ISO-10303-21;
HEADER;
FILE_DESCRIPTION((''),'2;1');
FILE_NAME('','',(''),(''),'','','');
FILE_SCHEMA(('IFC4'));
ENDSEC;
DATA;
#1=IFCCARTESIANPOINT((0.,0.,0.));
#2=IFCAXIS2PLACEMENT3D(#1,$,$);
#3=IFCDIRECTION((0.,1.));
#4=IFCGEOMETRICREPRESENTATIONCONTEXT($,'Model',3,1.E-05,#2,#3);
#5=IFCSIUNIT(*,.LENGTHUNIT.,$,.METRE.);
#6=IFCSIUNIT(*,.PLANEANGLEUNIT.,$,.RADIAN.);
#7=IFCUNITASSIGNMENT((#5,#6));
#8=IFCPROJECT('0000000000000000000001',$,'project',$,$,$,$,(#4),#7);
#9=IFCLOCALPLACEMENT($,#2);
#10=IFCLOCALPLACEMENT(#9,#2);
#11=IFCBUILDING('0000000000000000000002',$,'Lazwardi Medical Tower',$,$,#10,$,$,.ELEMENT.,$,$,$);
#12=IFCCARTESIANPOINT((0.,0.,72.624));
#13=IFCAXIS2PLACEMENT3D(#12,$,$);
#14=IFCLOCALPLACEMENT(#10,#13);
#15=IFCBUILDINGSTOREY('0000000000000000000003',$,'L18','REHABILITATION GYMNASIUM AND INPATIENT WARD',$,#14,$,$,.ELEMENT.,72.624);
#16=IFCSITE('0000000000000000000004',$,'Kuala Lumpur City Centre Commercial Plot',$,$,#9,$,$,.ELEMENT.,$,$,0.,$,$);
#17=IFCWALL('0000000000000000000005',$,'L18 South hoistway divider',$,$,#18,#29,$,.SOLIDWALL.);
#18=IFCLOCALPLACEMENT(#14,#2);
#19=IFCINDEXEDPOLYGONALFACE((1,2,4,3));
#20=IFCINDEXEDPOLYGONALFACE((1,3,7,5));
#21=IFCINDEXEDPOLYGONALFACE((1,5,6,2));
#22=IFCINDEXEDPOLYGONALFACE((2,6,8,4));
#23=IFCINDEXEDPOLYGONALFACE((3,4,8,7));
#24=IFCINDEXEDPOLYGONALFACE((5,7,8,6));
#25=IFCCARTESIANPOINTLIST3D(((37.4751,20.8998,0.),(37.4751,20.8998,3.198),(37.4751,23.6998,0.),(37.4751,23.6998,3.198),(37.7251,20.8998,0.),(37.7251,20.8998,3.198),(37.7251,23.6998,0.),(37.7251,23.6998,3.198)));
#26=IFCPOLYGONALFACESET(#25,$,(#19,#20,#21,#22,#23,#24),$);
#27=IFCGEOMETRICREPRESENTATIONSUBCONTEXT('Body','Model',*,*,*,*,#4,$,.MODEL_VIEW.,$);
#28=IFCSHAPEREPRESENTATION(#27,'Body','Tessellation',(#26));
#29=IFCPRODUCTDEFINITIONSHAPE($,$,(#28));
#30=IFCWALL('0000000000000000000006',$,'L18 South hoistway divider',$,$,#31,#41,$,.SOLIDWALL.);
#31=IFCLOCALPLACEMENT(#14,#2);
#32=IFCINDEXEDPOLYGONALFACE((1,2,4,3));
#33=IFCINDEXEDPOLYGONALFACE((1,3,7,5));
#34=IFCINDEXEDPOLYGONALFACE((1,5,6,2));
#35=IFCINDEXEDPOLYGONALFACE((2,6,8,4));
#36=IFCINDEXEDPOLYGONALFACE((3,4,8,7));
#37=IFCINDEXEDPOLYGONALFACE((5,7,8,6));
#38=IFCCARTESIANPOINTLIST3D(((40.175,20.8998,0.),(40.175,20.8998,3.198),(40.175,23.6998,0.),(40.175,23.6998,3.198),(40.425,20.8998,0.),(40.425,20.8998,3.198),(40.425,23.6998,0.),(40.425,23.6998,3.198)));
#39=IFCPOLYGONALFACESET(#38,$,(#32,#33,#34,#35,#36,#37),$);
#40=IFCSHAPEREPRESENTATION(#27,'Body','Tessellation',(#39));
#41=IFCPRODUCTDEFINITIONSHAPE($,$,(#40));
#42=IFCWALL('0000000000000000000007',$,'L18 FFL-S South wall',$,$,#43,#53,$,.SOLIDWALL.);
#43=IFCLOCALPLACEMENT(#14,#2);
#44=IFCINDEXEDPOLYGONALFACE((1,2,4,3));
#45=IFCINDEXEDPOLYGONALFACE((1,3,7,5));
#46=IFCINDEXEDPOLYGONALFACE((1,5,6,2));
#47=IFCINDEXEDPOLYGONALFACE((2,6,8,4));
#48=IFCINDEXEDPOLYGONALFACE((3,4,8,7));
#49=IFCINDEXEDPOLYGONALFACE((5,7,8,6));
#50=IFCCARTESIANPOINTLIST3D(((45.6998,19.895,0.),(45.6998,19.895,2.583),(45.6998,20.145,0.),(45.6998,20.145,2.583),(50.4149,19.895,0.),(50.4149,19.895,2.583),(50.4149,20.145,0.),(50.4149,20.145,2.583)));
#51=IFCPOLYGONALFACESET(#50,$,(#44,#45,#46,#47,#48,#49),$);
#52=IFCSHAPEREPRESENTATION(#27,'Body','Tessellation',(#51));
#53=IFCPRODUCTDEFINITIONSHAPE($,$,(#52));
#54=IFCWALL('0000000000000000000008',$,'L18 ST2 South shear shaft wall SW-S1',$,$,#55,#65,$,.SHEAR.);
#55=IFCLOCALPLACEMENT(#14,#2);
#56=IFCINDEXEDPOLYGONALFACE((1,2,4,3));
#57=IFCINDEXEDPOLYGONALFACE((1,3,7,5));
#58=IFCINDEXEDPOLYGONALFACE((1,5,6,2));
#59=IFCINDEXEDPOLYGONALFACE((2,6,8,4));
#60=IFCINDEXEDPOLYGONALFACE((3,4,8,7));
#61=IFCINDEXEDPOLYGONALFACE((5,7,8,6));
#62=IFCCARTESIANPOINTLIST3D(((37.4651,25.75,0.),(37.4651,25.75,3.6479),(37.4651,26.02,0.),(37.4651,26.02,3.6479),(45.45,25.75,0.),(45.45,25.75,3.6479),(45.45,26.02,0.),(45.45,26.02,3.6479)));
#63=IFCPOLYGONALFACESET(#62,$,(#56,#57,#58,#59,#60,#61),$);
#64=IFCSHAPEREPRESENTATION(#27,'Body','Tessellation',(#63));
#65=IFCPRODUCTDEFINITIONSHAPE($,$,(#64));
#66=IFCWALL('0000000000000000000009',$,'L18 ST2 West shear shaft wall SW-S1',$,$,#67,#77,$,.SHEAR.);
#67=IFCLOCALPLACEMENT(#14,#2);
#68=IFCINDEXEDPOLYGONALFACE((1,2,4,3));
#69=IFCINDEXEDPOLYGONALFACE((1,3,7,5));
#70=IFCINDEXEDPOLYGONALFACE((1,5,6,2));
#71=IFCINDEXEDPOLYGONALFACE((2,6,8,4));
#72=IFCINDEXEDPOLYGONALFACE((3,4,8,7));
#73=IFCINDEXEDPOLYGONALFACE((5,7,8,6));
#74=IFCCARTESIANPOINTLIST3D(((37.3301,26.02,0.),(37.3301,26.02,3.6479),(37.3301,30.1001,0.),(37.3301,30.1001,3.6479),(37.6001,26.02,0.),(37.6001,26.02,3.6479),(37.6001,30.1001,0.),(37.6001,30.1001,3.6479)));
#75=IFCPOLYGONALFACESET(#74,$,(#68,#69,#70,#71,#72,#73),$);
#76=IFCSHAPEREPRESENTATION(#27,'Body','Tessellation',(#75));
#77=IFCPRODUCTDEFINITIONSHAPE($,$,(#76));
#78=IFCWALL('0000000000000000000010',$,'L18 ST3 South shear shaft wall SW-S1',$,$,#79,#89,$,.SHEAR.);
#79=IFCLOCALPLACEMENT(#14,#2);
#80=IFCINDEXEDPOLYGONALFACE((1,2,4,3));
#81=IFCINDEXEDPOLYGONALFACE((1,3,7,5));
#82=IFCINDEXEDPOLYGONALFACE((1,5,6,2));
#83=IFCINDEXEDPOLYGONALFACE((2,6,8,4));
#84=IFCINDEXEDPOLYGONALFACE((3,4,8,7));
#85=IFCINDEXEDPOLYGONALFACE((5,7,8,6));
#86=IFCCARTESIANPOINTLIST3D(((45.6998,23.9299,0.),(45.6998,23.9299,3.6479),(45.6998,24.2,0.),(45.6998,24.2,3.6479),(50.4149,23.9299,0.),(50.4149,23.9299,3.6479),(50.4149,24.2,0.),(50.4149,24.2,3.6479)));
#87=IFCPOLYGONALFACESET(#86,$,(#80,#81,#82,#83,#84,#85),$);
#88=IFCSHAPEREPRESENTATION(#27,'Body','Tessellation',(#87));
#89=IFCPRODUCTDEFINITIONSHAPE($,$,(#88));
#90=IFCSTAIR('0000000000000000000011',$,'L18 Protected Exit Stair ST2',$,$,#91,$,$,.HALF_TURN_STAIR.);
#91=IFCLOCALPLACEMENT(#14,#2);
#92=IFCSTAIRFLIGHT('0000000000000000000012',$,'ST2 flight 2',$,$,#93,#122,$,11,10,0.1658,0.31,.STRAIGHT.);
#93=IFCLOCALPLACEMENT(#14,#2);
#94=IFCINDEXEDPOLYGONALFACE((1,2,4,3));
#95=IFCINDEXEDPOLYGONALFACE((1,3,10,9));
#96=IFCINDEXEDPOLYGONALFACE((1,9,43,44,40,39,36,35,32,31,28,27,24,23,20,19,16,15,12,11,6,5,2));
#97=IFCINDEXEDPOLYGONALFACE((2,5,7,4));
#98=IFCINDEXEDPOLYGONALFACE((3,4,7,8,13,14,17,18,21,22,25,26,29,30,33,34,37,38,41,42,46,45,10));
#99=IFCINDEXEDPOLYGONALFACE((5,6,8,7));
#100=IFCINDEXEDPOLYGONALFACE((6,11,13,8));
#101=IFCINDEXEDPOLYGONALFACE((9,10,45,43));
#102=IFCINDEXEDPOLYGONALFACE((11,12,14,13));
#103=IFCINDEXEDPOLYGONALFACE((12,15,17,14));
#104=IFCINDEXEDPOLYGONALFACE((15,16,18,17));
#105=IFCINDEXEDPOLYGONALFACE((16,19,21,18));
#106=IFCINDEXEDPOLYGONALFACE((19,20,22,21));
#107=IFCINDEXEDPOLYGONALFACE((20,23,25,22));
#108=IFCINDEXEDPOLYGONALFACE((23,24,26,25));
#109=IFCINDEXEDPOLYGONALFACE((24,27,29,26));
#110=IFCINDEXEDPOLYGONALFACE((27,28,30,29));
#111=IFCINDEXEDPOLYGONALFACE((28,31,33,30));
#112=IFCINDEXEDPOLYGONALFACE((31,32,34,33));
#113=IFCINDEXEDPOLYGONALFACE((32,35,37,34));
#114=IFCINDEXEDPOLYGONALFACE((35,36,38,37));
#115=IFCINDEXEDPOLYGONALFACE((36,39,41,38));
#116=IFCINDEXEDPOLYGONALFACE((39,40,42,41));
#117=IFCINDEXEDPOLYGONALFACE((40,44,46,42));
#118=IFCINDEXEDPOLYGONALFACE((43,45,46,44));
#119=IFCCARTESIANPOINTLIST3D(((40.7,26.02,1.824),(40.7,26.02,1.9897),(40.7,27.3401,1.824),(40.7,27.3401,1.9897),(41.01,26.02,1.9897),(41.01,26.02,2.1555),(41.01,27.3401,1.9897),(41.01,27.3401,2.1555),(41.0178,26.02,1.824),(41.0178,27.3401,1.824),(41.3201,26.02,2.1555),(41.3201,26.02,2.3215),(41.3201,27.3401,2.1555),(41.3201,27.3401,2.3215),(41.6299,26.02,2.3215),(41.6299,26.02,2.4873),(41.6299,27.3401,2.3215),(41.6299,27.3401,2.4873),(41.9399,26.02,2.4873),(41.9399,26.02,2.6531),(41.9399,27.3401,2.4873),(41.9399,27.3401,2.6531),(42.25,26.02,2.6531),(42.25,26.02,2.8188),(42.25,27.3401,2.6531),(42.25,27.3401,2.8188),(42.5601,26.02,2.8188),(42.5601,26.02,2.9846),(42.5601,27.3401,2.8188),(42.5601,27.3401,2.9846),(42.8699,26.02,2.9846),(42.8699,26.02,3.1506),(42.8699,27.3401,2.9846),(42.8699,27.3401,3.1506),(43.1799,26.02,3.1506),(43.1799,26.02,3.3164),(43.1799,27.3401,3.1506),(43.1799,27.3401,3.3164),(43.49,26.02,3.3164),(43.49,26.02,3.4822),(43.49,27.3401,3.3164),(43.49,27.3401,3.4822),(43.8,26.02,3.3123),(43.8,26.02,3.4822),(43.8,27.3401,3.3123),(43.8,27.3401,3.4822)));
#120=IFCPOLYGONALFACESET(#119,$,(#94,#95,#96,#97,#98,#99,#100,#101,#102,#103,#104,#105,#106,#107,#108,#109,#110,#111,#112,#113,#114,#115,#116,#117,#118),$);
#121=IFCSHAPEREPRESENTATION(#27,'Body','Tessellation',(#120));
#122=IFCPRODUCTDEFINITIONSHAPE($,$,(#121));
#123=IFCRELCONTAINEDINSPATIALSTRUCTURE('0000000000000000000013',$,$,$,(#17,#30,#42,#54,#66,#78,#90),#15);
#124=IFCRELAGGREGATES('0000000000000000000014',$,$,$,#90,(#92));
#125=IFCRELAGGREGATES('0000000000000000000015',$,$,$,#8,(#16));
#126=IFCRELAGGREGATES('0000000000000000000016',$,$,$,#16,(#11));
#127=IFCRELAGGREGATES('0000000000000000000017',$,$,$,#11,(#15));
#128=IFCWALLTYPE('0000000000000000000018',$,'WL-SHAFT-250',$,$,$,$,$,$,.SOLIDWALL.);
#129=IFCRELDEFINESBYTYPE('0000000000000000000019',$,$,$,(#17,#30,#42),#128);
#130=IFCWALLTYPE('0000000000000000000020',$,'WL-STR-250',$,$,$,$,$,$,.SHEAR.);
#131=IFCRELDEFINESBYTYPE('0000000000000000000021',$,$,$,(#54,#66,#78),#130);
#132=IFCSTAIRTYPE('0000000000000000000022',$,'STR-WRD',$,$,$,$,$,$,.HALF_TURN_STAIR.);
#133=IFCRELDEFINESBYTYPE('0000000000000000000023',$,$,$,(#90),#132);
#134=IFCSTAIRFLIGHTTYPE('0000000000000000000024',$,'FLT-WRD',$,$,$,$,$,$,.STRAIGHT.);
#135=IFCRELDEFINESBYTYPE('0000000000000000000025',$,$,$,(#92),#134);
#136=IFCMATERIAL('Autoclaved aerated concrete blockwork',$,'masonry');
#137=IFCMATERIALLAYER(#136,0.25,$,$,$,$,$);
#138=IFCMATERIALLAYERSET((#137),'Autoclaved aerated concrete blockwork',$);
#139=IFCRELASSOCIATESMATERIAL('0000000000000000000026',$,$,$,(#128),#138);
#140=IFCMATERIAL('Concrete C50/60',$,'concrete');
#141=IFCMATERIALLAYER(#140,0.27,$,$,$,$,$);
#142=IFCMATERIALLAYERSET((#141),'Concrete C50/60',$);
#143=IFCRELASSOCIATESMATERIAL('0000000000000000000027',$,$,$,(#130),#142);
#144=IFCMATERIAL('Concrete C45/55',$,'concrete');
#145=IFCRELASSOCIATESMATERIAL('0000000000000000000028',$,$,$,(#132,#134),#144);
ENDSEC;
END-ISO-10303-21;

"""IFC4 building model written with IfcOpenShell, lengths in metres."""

from ifc_helpers import new_model, si_unit, direction, frame, frame_2d, origin, place, context, subcontext, project, spatial, polyline, rectangle, outline, extrude, material, layer, layer_set, type_object, element, aggregate, save


model = new_model("IFC4")

# Units and contexts
model_context = context("Model", 3, precision=1e-05, world=origin(), true_north=direction((0.0, 1.0)))
body_context = subcontext(model_context, "Body", "Model", "MODEL_VIEW")
ifc_project = project(units=[si_unit("LENGTHUNIT", "METRE"), si_unit("PLANEANGLEUNIT", "RADIAN")], contexts=[model_context])

# Site, building, storey
site_placement = place(None, origin())
site = spatial("IfcSite", under=ifc_project, at=site_placement, Name="Kuala Lumpur City Centre Commercial Plot", CompositionType="ELEMENT", RefElevation=0.0)
building_placement = place(site_placement, origin())
building = spatial("IfcBuilding", under=site, at=building_placement, Name="Lazwardi Medical Tower", CompositionType="ELEMENT")
storey_placement = place(building_placement, frame((0.0, 0.0, 72.624)))
storey = spatial("IfcBuildingStorey", under=building, at=storey_placement, Name="L18", Description="REHABILITATION GYMNASIUM AND INPATIENT WARD", CompositionType="ELEMENT", Elevation=72.624)

# Walls
ifc_material_1 = material(Name="Autoclaved aerated concrete blockwork", Category="masonry")
ifc_layer_1 = layer(ifc_material_1, 0.25)
ifc_layer_set_1 = layer_set([ifc_layer_1], Name="Autoclaved aerated concrete blockwork")
wall_type_1 = type_object("IfcWallType", Name="WL-SHAFT-250", PredefinedType="SOLIDWALL", material=ifc_layer_set_1)
for number, where, z_axis, x_axis, name in (
    (1, (37.6001, 20.8999, 0.0), (0.0, 0.0, 1.0), (0.0, 1.0, 0.0), "L18 South hoistway divider"),
    (2, (40.3, 20.8999, 0.0), (0.0, 0.0, 1.0), (0.0, 1.0, 0.0), "L18 South hoistway divider"),
):
    element("IfcWall", number, at=place(storey_placement, frame(where, z_axis=z_axis, x_axis=x_axis)), inside=storey, type_object=wall_type_1, Name=name, PredefinedType="SOLIDWALL", context=body_context, shape_type="SweptSolid", body=[
        extrude(rectangle(XDim=2.8, YDim=0.25, at=frame_2d((1.3999, 0.0))), origin(), (0.0, 0.0, 1.0), 3.198),
    ])
wall_1_placement = place(storey_placement, frame((45.7, 20.02, 0.0), z_axis=(0.0, 0.0, 1.0), x_axis=(1.0, 0.0, 0.0)))
element("IfcWall", 3, at=wall_1_placement, inside=storey, type_object=wall_type_1, Name="L18 FFL-S South wall", PredefinedType="SOLIDWALL", context=body_context, shape_type="SweptSolid", body=[
    extrude(rectangle(XDim=4.7151, YDim=0.25, at=frame_2d((2.3574, 0.0))), origin(), (0.0, 0.0, 1.0), 2.583),
])
ifc_material_2 = material(Name="Concrete C50/60", Category="concrete")
ifc_layer_2 = layer(ifc_material_2, 0.27)
ifc_layer_set_2 = layer_set([ifc_layer_2], Name="Concrete C50/60")
wall_type_2 = type_object("IfcWallType", Name="WL-STR-250", PredefinedType="SHEAR", material=ifc_layer_set_2)
wall_2_placement = place(storey_placement, frame((37.4651, 25.885, 0.0), z_axis=(0.0, 0.0, 1.0), x_axis=(1.0, 0.0, 0.0)))
element("IfcWall", 4, at=wall_2_placement, inside=storey, type_object=wall_type_2, Name="L18 ST2 South shear shaft wall SW-S1", PredefinedType="SHEAR", context=body_context, shape_type="SweptSolid", body=[
    extrude(rectangle(XDim=7.9849, YDim=0.27, at=frame_2d((3.9924, 0.0))), origin(), (0.0, 0.0, 1.0), 3.6479),
])
wall_3_placement = place(storey_placement, frame((37.4651, 26.02, 0.0), z_axis=(0.0, 0.0, 1.0), x_axis=(0.0, 1.0, 0.0)))
element("IfcWall", 5, at=wall_3_placement, inside=storey, type_object=wall_type_2, Name="L18 ST2 West shear shaft wall SW-S1", PredefinedType="SHEAR", context=body_context, shape_type="SweptSolid", body=[
    extrude(rectangle(XDim=4.0801, YDim=0.27, at=frame_2d((2.04, 0.0))), origin(), (0.0, 0.0, 1.0), 3.6479),
])
wall_4_placement = place(storey_placement, frame((45.7, 24.0649, 0.0), z_axis=(0.0, 0.0, 1.0), x_axis=(1.0, 0.0, 0.0)))
element("IfcWall", 6, at=wall_4_placement, inside=storey, type_object=wall_type_2, Name="L18 ST3 South shear shaft wall SW-S1", PredefinedType="SHEAR", context=body_context, shape_type="SweptSolid", body=[
    extrude(rectangle(XDim=4.7151, YDim=0.27, at=frame_2d((2.3574, 0.0))), origin(), (0.0, 0.0, 1.0), 3.6479),
])

# Stair, stair flight
ifc_material_3 = material(Name="Concrete C45/55", Category="concrete")
stair_type = type_object("IfcStairType", Name="STR-WRD", PredefinedType="HALF_TURN_STAIR", material=ifc_material_3)
stair_placement = place(storey_placement, origin())
stair = element("IfcStair", 7, at=stair_placement, inside=storey, type_object=stair_type, Name="L18 Protected Exit Stair ST2", PredefinedType="HALF_TURN_STAIR")
stair_flight_type = type_object("IfcStairFlightType", Name="FLT-WRD", PredefinedType="STRAIGHT", material=ifc_material_3)
stair_flight_placement = place(storey_placement, frame((40.7, 26.6799, 1.824), z_axis=(0.0, 0.0, 1.0), x_axis=(1.0, 0.0, 0.0)))
stair_flight = element("IfcStairFlight", 8, at=stair_flight_placement, type_object=stair_flight_type, Name="ST2 flight 2", NumberOfRisers=11, NumberOfTreads=10, PredefinedType="STRAIGHT", RiserHeight=0.1658, TreadLength=0.31, context=body_context, shape_type="SweptSolid", body=[
    extrude(outline(polyline([(0.0, 0.0), (0.0, 0.1658), (0.3101, 0.1658), (0.3101, 0.3315), (0.6201, 0.3315), (0.6201, 0.4976), (0.9299, 0.4976), (0.9299, 0.6633), (1.24, 0.6633), (1.24, 0.8291), (1.55, 0.8291), (1.55, 0.9949), (1.8601, 0.9949), (1.8601, 1.1606), (2.1699, 1.1606), (2.1699, 1.3267), (2.48, 1.3267), (2.48, 1.4924), (2.79, 1.4924), (2.79, 1.6582), (3.1001, 1.6582), (3.1001, 1.824), (3.1001, 1.4883), (0.3179, 0.0), (0.0, 0.0)])), frame((0.0, 0.6602, 0.0), z_axis=(0.0, -1.0, 0.0), x_axis=(1.0, 0.0, 0.0)), (0.0, 0.0, 1.0), 1.3201),
])
aggregate(stair, [stair_flight])

save(model, "model.ifc")
